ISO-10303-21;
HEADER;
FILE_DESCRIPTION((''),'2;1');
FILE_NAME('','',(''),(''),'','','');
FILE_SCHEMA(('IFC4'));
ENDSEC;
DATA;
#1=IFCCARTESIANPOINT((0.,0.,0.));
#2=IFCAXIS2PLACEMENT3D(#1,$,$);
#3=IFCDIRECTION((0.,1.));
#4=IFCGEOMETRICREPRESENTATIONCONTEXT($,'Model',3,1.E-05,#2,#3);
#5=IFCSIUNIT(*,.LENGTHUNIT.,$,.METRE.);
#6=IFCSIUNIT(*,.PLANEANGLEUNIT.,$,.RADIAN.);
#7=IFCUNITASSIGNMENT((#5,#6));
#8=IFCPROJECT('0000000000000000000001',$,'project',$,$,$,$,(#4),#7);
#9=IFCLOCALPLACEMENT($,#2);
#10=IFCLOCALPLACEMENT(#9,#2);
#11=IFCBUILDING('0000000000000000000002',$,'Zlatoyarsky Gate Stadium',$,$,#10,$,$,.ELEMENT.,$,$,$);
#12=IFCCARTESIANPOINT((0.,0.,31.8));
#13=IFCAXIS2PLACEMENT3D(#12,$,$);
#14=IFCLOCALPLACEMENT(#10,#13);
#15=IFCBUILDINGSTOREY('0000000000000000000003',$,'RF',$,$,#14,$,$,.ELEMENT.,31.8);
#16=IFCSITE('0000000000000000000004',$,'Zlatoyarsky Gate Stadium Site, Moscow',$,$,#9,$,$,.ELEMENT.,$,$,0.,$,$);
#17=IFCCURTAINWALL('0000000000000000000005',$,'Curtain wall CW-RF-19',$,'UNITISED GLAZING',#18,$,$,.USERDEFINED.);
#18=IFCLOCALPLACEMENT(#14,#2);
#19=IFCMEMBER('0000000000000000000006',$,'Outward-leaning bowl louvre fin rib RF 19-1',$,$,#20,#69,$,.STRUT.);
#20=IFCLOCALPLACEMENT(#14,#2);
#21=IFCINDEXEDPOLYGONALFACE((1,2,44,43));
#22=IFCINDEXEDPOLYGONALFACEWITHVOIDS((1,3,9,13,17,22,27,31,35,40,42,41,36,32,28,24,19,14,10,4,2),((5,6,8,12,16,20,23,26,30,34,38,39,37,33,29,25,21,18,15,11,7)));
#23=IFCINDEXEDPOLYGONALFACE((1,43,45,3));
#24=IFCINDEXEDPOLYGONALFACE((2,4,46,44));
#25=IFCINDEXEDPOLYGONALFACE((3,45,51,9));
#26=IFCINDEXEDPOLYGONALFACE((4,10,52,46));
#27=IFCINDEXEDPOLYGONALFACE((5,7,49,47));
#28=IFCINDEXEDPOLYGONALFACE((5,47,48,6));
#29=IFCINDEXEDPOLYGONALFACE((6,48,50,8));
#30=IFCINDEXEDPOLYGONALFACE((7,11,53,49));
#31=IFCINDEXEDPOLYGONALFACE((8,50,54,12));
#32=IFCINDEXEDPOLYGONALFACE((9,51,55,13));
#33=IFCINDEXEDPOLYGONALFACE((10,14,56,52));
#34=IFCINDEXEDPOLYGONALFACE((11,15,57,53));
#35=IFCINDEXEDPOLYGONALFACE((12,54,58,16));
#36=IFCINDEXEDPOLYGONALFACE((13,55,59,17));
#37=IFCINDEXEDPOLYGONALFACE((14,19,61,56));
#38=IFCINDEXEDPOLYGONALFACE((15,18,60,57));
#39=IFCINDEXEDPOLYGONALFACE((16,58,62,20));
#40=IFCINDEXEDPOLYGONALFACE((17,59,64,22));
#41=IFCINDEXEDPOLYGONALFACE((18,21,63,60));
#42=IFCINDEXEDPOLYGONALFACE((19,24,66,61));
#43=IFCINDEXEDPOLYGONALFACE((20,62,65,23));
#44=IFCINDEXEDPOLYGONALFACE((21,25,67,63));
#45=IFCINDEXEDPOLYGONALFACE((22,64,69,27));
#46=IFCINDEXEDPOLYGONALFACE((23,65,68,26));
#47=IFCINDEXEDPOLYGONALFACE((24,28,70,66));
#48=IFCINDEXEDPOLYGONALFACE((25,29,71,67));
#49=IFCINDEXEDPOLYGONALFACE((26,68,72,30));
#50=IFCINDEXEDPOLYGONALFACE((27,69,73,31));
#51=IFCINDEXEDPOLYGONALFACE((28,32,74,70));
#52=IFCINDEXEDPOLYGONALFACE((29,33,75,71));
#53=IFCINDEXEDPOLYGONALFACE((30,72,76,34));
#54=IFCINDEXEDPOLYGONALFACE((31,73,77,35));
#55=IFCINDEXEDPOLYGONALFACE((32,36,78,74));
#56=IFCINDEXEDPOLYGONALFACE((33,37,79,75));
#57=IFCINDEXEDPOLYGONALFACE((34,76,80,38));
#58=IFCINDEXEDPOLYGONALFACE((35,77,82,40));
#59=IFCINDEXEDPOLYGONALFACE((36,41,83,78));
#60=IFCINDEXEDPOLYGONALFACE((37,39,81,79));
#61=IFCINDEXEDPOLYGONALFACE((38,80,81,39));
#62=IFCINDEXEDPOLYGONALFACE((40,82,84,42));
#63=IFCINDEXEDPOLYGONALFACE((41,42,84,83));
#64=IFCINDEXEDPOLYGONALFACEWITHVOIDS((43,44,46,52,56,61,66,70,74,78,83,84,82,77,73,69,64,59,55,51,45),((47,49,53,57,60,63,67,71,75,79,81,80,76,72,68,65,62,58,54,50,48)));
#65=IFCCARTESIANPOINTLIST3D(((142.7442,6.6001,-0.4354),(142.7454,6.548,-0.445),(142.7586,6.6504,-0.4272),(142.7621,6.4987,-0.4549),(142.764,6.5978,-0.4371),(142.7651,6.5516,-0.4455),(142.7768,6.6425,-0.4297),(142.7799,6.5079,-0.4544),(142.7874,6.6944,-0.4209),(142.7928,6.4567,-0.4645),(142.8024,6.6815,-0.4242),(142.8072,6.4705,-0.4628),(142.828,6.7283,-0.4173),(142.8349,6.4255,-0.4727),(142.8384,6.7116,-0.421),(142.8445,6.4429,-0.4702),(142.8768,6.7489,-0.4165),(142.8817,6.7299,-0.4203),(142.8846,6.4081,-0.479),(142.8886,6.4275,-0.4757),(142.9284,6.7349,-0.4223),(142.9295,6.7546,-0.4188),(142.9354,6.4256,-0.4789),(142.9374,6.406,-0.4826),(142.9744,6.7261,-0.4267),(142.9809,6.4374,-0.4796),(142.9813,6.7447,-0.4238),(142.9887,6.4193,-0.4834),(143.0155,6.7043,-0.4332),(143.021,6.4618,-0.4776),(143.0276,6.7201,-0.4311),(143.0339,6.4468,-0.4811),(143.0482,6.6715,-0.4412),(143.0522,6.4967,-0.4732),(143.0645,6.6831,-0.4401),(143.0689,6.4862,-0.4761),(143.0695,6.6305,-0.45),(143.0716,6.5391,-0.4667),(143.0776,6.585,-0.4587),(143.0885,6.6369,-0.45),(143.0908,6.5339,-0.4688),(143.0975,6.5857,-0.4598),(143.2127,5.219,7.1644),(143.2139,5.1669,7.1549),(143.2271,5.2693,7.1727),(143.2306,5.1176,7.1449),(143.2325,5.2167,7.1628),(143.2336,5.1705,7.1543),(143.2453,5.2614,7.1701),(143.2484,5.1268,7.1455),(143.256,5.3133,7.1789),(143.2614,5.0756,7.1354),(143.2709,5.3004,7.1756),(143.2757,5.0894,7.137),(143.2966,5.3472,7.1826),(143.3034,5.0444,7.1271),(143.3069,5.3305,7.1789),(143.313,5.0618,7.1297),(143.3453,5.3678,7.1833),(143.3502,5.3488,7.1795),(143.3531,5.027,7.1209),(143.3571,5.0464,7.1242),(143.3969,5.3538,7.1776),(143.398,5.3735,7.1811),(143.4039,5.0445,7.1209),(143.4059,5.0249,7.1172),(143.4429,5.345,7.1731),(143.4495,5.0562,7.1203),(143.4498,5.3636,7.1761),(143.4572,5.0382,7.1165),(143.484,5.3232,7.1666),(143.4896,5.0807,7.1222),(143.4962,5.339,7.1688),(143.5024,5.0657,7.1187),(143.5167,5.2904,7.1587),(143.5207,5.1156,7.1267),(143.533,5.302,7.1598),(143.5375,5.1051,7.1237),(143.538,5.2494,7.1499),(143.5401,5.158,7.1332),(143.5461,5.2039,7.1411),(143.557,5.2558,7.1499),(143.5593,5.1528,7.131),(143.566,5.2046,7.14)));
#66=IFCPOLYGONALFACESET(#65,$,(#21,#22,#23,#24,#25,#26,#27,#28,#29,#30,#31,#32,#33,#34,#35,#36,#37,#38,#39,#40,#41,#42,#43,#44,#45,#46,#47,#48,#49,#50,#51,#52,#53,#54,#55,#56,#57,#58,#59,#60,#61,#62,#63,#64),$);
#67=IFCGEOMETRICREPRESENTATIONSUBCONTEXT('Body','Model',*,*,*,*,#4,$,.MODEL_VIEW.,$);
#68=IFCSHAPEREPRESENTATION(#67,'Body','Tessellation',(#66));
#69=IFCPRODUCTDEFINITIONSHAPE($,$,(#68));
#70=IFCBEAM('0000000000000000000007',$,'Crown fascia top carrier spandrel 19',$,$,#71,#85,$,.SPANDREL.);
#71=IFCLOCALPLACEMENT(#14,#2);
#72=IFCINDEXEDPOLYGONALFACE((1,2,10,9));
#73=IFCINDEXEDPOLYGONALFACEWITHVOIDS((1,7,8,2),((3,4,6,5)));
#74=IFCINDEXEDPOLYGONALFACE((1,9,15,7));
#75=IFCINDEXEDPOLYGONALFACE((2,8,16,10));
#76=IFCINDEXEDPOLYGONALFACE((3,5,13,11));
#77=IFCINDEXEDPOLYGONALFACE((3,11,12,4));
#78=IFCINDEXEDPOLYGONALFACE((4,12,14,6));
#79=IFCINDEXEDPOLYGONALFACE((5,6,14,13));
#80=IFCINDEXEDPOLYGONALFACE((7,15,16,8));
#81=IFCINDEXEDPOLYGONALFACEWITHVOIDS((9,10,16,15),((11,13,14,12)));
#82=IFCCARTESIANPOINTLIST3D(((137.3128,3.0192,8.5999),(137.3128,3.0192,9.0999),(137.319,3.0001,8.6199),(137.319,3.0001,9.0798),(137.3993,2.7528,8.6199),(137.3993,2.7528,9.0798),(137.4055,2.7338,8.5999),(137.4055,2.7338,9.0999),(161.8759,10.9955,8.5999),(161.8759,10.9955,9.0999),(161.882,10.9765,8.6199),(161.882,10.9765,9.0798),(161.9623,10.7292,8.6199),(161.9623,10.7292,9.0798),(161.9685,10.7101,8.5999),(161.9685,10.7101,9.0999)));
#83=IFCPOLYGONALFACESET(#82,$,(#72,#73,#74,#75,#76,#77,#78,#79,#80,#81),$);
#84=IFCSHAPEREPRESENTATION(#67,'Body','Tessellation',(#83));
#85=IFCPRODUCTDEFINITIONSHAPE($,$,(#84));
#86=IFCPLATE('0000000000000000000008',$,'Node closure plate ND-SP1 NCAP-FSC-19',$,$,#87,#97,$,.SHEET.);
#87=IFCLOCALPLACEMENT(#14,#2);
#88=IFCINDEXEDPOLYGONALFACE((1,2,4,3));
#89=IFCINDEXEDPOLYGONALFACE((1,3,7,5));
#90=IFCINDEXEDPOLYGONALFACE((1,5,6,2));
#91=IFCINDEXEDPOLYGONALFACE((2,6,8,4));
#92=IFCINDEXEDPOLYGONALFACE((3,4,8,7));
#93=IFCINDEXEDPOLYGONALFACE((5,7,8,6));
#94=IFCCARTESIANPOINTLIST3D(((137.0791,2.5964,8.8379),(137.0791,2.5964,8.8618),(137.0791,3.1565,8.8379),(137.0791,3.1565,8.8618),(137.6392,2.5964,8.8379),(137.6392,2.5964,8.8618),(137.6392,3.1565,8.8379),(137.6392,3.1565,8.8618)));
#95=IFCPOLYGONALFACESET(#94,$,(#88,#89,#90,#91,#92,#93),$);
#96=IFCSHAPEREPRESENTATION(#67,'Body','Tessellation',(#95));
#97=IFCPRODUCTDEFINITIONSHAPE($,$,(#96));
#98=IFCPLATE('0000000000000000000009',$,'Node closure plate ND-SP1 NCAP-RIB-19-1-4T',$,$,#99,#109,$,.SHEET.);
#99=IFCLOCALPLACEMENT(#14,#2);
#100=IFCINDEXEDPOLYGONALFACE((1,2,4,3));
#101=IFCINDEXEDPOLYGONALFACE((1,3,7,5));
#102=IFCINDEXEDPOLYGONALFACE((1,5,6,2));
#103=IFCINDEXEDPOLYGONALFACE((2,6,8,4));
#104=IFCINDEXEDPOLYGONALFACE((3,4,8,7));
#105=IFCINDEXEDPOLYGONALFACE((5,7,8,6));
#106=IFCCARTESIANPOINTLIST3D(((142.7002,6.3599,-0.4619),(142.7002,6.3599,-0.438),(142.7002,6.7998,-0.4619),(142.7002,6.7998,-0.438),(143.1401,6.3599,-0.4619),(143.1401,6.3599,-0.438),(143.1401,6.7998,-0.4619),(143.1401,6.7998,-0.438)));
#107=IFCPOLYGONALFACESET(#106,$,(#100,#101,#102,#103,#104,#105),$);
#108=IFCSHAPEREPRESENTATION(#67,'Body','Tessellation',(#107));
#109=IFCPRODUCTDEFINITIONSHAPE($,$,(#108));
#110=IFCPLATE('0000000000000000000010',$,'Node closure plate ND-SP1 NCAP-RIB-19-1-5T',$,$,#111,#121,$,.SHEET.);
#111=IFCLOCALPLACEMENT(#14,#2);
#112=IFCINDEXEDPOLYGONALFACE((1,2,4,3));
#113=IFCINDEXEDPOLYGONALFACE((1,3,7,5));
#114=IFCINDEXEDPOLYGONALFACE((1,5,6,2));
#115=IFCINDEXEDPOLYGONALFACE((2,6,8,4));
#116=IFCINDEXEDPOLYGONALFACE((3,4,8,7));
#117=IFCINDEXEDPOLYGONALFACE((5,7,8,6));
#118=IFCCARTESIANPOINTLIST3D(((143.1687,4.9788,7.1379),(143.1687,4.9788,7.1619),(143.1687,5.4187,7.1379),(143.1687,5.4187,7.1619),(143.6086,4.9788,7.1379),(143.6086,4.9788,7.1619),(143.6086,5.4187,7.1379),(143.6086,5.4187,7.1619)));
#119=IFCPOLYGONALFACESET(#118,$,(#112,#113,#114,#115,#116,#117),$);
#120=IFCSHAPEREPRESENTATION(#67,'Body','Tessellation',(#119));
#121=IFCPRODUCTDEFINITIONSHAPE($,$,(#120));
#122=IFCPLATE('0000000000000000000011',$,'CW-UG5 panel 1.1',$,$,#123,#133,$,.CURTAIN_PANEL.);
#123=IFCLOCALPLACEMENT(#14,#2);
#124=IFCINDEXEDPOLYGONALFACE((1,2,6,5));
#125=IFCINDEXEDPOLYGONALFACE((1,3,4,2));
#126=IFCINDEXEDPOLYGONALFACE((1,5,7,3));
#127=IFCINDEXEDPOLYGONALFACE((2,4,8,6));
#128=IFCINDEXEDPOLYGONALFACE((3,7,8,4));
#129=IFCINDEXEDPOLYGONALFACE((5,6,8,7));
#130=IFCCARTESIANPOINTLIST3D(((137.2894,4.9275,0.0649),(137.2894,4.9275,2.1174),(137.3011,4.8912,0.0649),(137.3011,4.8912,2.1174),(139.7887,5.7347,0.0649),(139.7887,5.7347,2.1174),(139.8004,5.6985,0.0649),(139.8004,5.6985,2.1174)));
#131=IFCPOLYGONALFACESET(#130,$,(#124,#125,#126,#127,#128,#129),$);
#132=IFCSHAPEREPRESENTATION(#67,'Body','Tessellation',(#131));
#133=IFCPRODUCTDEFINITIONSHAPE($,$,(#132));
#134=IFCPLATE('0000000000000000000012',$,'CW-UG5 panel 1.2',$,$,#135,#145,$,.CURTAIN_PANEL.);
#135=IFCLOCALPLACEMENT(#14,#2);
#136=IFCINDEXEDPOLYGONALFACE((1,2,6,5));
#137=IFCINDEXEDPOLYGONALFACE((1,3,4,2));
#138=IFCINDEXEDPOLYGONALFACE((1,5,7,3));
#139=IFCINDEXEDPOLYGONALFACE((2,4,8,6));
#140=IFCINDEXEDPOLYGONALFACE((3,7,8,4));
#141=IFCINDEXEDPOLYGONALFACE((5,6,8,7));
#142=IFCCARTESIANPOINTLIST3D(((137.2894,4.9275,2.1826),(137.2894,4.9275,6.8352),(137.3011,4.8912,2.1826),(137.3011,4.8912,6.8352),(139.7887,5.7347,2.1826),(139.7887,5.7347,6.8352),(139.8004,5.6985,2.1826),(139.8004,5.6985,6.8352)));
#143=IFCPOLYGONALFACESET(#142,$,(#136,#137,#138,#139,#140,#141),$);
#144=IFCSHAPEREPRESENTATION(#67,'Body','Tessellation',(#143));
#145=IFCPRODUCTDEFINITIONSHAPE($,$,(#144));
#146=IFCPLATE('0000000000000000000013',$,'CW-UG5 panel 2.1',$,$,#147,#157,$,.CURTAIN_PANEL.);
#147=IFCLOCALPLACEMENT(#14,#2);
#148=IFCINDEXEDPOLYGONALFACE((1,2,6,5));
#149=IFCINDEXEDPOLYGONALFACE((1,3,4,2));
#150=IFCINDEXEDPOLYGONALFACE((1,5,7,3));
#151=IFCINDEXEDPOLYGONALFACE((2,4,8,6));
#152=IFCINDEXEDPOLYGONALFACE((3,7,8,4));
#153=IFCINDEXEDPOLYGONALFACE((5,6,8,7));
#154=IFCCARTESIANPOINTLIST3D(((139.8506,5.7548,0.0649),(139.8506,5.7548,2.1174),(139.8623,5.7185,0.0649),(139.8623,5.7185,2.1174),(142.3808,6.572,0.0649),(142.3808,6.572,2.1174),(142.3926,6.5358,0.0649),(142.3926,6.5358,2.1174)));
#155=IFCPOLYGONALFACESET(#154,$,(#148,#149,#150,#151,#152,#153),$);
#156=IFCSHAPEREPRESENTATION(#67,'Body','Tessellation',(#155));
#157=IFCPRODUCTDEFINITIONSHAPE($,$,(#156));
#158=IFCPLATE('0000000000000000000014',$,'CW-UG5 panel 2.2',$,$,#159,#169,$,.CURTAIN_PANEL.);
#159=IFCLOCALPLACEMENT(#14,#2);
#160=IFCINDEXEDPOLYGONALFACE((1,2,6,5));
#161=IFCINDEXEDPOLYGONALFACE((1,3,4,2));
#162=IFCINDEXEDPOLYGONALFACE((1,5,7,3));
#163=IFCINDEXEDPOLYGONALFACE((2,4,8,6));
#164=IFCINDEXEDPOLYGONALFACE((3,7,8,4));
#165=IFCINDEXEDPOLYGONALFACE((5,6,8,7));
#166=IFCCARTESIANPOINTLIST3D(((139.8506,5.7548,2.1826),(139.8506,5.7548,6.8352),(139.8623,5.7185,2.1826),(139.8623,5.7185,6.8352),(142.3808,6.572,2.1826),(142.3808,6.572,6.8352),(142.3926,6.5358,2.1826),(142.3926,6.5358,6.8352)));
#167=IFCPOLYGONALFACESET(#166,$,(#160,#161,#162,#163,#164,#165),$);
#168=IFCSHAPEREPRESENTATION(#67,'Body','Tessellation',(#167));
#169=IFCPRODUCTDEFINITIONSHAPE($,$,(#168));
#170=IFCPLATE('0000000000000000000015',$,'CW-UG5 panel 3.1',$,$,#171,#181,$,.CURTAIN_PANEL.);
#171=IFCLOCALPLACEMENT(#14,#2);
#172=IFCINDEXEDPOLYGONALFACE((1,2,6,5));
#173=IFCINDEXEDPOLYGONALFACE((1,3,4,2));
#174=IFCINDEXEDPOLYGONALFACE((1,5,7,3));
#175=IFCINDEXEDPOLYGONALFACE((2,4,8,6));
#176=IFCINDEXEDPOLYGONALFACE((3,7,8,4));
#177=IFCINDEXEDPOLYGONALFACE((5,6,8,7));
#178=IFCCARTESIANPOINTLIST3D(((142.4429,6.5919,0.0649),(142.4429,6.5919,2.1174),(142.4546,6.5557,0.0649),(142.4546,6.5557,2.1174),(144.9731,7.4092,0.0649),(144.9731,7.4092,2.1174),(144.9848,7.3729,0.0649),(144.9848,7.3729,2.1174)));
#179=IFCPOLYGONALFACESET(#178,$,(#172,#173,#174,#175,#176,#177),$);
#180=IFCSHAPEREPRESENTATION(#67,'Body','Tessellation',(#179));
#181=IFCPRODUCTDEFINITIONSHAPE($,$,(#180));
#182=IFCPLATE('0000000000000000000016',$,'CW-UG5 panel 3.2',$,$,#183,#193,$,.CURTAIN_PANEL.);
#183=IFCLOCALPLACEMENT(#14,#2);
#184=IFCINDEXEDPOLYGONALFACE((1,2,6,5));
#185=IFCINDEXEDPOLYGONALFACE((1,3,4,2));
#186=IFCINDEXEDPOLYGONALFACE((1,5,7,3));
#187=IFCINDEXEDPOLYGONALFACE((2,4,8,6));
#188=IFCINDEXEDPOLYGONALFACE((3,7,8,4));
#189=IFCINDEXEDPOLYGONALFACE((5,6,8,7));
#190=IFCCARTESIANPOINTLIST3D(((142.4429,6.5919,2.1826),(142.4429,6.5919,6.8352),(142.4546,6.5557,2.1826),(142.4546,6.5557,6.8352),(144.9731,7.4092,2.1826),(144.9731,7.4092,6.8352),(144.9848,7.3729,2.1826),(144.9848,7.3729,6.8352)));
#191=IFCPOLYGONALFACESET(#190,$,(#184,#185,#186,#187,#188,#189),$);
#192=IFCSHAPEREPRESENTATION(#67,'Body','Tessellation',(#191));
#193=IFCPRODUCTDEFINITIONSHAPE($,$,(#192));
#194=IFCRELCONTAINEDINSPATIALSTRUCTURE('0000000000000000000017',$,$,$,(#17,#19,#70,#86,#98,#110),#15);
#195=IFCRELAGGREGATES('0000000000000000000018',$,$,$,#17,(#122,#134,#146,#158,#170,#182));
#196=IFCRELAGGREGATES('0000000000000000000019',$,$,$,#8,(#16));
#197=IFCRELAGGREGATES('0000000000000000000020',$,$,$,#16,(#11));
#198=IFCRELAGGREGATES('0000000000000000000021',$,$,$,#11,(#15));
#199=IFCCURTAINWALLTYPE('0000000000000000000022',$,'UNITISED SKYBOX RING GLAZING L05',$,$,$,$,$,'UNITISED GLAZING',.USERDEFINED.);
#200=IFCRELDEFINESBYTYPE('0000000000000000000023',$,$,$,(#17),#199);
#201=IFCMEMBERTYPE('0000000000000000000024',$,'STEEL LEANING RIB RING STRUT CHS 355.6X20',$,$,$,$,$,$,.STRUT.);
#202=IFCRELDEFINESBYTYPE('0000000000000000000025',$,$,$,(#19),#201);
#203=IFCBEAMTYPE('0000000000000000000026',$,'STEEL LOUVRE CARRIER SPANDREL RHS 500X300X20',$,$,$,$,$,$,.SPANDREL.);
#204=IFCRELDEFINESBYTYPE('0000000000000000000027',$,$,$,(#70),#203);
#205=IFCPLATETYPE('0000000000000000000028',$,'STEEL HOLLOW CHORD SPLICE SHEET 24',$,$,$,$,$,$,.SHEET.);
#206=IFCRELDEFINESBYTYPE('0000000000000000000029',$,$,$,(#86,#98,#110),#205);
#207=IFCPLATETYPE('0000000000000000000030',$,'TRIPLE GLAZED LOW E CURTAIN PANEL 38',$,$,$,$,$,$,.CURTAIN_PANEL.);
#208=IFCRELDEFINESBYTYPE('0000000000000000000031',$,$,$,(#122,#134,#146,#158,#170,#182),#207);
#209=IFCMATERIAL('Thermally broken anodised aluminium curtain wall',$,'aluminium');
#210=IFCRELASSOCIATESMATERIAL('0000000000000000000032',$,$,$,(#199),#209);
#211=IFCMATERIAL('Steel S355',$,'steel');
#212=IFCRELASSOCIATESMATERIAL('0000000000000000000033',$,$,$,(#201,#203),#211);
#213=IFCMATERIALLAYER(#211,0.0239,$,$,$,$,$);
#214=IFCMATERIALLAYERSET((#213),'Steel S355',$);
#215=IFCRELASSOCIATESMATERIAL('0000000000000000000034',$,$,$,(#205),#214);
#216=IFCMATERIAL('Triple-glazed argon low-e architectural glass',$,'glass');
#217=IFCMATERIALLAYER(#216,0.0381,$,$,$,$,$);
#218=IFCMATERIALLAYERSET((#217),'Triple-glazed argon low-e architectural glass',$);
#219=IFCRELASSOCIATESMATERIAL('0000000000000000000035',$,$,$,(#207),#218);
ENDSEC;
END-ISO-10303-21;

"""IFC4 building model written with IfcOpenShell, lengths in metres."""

from ifc_helpers import new_model, si_unit, direction, frame, origin, origin_2d, place, context, subcontext, project, spatial, rectangle, hollow_rectangle, hollow_circle, extrude, material, layer, layer_set, material_profile, profile_set, type_object, element, aggregate, save


model = new_model("IFC4")

# Units and contexts
model_context = context("Model", 3, precision=1e-05, world=origin(), true_north=direction((0.0, 1.0)))
body_context = subcontext(model_context, "Body", "Model", "MODEL_VIEW")
ifc_project = project(units=[si_unit("LENGTHUNIT", "METRE"), si_unit("PLANEANGLEUNIT", "RADIAN")], contexts=[model_context])

# Site, building, storey
site_placement = place(None, origin())
site = spatial("IfcSite", under=ifc_project, at=site_placement, Name="Zlatoyarsky Gate Stadium Site, Moscow", CompositionType="ELEMENT", RefElevation=0.0)
building_placement = place(site_placement, origin())
building = spatial("IfcBuilding", under=site, at=building_placement, Name="Zlatoyarsky Gate Stadium", CompositionType="ELEMENT")
storey_placement = place(building_placement, frame((0.0, 0.0, 31.8)))
storey = spatial("IfcBuildingStorey", under=building, at=storey_placement, Name="RF", CompositionType="ELEMENT", Elevation=31.8)

# Curtain wall
ifc_material_1 = material(Name="Thermally broken anodised aluminium curtain wall", Category="aluminium")
curtain_wall_type = type_object("IfcCurtainWallType", Name="UNITISED SKYBOX RING GLAZING L05", ElementType="UNITISED GLAZING", PredefinedType="USERDEFINED", material=ifc_material_1)
curtain_wall_placement = place(storey_placement, origin())
curtain_wall = element("IfcCurtainWall", 1, at=curtain_wall_placement, inside=storey, type_object=curtain_wall_type, Name="Curtain wall CW-RF-19", ObjectType="UNITISED GLAZING", PredefinedType="USERDEFINED")

# Member
ifc_material_2 = material(Name="Steel S355", Category="steel")
ifc_material_profile_1 = material_profile(ifc_material_2, hollow_circle(Radius=0.1777, WallThickness=0.02, at=origin_2d()), Name="CHS 355.6X20")
ifc_profile_set_1 = profile_set([ifc_material_profile_1], Name="Steel S355")
member_type_1 = type_object("IfcMemberType", Name="STEEL LEANING RIB RING STRUT CHS 355.6X20", PredefinedType="STRUT", material=ifc_profile_set_1)
member_1_placement = place(storey_placement, frame((142.9202, 6.5798, -0.45), z_axis=(0.060542, -0.178471, 0.982081), x_axis=(0.946996, 0.321245, 0.0)))
element("IfcMember", 2, at=member_1_placement, inside=storey, type_object=member_type_1, Name="Outward-leaning bowl louvre fin rib RF 19-1", PredefinedType="STRUT", context=body_context, shape_type="SweptSolid", body=[
    extrude(hollow_circle(Radius=0.1777, WallThickness=0.02, at=origin_2d()), origin(), (0.0, 0.0, 1.0), 7.7385),
])

# Beam
ifc_material_profile_2 = material_profile(ifc_material_2, hollow_rectangle(XDim=0.3, YDim=0.5, WallThickness=0.02, at=origin_2d()), Name="RHS 500X300X20")
ifc_profile_set_2 = profile_set([ifc_material_profile_2], Name="Steel S355")
beam_type = type_object("IfcBeamType", Name="STEEL LOUVRE CARRIER SPANDREL RHS 500X300X20", PredefinedType="SPANDREL", material=ifc_profile_set_2)
beam_placement = place(storey_placement, frame((137.3591, 2.8765, 8.8499), z_axis=(0.95111, 0.308853, 0.0), x_axis=(-0.308853, 0.95111, 0.0)))
element("IfcBeam", 3, at=beam_placement, inside=storey, type_object=beam_type, Name="Crown fascia top carrier spandrel 19", PredefinedType="SPANDREL", context=body_context, shape_type="SweptSolid", body=[
    extrude(hollow_rectangle(XDim=0.3, YDim=0.5, WallThickness=0.02, at=origin_2d()), origin(), (0.0, 0.0, 1.0), 25.8257),
])

# Plates
ifc_layer_1 = layer(ifc_material_2, 0.0239)
ifc_layer_set_1 = layer_set([ifc_layer_1], Name="Steel S355")
plate_type_1 = type_object("IfcPlateType", Name="STEEL HOLLOW CHORD SPLICE SHEET 24", PredefinedType="SHEET", material=ifc_layer_set_1)
plate_1_placement = place(storey_placement, frame((137.3591, 2.8765, 8.8379), z_axis=(0.0, 0.0, 1.0), x_axis=(1.0, 0.0, 0.0)))
element("IfcPlate", 4, at=plate_1_placement, inside=storey, type_object=plate_type_1, Name="Node closure plate ND-SP1 NCAP-FSC-19", PredefinedType="SHEET", context=body_context, shape_type="SweptSolid", body=[
    extrude(rectangle(XDim=0.5601, YDim=0.5601, at=origin_2d()), origin(), (0.0, 0.0, 1.0), 0.0239),
])
for number, where, z_axis, x_axis, name in (
    (5, (142.9202, 6.5798, -0.4619), (0.0, 0.0, 1.0), (1.0, 0.0, 0.0), "Node closure plate ND-SP1 NCAP-RIB-19-1-4T"),
    (6, (143.3887, 5.1987, 7.1379), (0.0, 0.0, 1.0), (1.0, 0.0, 0.0), "Node closure plate ND-SP1 NCAP-RIB-19-1-5T"),
):
    element("IfcPlate", number, at=place(storey_placement, frame(where, z_axis=z_axis, x_axis=x_axis)), inside=storey, type_object=plate_type_1, Name=name, PredefinedType="SHEET", context=body_context, shape_type="SweptSolid", body=[
        extrude(rectangle(XDim=0.4399, YDim=0.4399, at=origin_2d()), origin(), (0.0, 0.0, 1.0), 0.0239),
    ])

# Plates
ifc_material_3 = material(Name="Triple-glazed argon low-e architectural glass", Category="glass")
ifc_layer_2 = layer(ifc_material_3, 0.0381)
ifc_layer_set_2 = layer_set([ifc_layer_2], Name="Triple-glazed argon low-e architectural glass")
plate_type_2 = type_object("IfcPlateType", Name="TRIPLE GLAZED LOW E CURTAIN PANEL 38", PredefinedType="CURTAIN_PANEL", material=ifc_layer_set_2)
plate_2_placement = place(storey_placement, frame((138.5449, 5.313, 0.0649), z_axis=(0.0, 0.0, 1.0), x_axis=(0.951596, 0.307352, 0.0)))
plate_2 = element("IfcPlate", 7, at=plate_2_placement, type_object=plate_type_2, Name="CW-UG5 panel 1.1", PredefinedType="CURTAIN_PANEL", context=body_context, shape_type="SweptSolid", body=[
    extrude(rectangle(XDim=2.6265, YDim=0.0381, at=origin_2d()), origin(), (0.0, 0.0, 1.0), 2.0525),
])
plate_3_placement = place(storey_placement, frame((138.5449, 5.313, 2.1826), z_axis=(0.0, 0.0, 1.0), x_axis=(0.951596, 0.307352, 0.0)))
plate_3 = element("IfcPlate", 8, at=plate_3_placement, type_object=plate_type_2, Name="CW-UG5 panel 1.2", PredefinedType="CURTAIN_PANEL", context=body_context, shape_type="SweptSolid", body=[
    extrude(rectangle(XDim=2.6265, YDim=0.0381, at=origin_2d()), origin(), (0.0, 0.0, 1.0), 4.6526),
])
plate_4_placement = place(storey_placement, frame((141.1216, 6.1453, 0.0649), z_axis=(0.0, 0.0, 1.0), x_axis=(0.951596, 0.307352, 0.0)))
plate_4 = element("IfcPlate", 9, at=plate_4_placement, type_object=plate_type_2, Name="CW-UG5 panel 2.1", PredefinedType="CURTAIN_PANEL", context=body_context, shape_type="SweptSolid", body=[
    extrude(rectangle(XDim=2.6589, YDim=0.0381, at=origin_2d()), origin(), (0.0, 0.0, 1.0), 2.0525),
])
plate_5_placement = place(storey_placement, frame((141.1216, 6.1453, 2.1826), z_axis=(0.0, 0.0, 1.0), x_axis=(0.951596, 0.307352, 0.0)))
plate_5 = element("IfcPlate", 10, at=plate_5_placement, type_object=plate_type_2, Name="CW-UG5 panel 2.2", PredefinedType="CURTAIN_PANEL", context=body_context, shape_type="SweptSolid", body=[
    extrude(rectangle(XDim=2.6589, YDim=0.0381, at=origin_2d()), origin(), (0.0, 0.0, 1.0), 4.6526),
])
plate_6_placement = place(storey_placement, frame((143.7139, 6.9824, 0.0649), z_axis=(0.0, 0.0, 1.0), x_axis=(0.951596, 0.307352, 0.0)))
plate_6 = element("IfcPlate", 11, at=plate_6_placement, type_object=plate_type_2, Name="CW-UG5 panel 3.1", PredefinedType="CURTAIN_PANEL", context=body_context, shape_type="SweptSolid", body=[
    extrude(rectangle(XDim=2.6589, YDim=0.0381, at=origin_2d()), origin(), (0.0, 0.0, 1.0), 2.0525),
])
plate_7_placement = place(storey_placement, frame((143.7139, 6.9824, 2.1826), z_axis=(0.0, 0.0, 1.0), x_axis=(0.951596, 0.307352, 0.0)))
plate_7 = element("IfcPlate", 12, at=plate_7_placement, type_object=plate_type_2, Name="CW-UG5 panel 3.2", PredefinedType="CURTAIN_PANEL", context=body_context, shape_type="SweptSolid", body=[
    extrude(rectangle(XDim=2.6589, YDim=0.0381, at=origin_2d()), origin(), (0.0, 0.0, 1.0), 4.6526),
])
aggregate(curtain_wall, [plate_2, plate_3, plate_4, plate_5, plate_6, plate_7])

save(model, "model.ifc")
